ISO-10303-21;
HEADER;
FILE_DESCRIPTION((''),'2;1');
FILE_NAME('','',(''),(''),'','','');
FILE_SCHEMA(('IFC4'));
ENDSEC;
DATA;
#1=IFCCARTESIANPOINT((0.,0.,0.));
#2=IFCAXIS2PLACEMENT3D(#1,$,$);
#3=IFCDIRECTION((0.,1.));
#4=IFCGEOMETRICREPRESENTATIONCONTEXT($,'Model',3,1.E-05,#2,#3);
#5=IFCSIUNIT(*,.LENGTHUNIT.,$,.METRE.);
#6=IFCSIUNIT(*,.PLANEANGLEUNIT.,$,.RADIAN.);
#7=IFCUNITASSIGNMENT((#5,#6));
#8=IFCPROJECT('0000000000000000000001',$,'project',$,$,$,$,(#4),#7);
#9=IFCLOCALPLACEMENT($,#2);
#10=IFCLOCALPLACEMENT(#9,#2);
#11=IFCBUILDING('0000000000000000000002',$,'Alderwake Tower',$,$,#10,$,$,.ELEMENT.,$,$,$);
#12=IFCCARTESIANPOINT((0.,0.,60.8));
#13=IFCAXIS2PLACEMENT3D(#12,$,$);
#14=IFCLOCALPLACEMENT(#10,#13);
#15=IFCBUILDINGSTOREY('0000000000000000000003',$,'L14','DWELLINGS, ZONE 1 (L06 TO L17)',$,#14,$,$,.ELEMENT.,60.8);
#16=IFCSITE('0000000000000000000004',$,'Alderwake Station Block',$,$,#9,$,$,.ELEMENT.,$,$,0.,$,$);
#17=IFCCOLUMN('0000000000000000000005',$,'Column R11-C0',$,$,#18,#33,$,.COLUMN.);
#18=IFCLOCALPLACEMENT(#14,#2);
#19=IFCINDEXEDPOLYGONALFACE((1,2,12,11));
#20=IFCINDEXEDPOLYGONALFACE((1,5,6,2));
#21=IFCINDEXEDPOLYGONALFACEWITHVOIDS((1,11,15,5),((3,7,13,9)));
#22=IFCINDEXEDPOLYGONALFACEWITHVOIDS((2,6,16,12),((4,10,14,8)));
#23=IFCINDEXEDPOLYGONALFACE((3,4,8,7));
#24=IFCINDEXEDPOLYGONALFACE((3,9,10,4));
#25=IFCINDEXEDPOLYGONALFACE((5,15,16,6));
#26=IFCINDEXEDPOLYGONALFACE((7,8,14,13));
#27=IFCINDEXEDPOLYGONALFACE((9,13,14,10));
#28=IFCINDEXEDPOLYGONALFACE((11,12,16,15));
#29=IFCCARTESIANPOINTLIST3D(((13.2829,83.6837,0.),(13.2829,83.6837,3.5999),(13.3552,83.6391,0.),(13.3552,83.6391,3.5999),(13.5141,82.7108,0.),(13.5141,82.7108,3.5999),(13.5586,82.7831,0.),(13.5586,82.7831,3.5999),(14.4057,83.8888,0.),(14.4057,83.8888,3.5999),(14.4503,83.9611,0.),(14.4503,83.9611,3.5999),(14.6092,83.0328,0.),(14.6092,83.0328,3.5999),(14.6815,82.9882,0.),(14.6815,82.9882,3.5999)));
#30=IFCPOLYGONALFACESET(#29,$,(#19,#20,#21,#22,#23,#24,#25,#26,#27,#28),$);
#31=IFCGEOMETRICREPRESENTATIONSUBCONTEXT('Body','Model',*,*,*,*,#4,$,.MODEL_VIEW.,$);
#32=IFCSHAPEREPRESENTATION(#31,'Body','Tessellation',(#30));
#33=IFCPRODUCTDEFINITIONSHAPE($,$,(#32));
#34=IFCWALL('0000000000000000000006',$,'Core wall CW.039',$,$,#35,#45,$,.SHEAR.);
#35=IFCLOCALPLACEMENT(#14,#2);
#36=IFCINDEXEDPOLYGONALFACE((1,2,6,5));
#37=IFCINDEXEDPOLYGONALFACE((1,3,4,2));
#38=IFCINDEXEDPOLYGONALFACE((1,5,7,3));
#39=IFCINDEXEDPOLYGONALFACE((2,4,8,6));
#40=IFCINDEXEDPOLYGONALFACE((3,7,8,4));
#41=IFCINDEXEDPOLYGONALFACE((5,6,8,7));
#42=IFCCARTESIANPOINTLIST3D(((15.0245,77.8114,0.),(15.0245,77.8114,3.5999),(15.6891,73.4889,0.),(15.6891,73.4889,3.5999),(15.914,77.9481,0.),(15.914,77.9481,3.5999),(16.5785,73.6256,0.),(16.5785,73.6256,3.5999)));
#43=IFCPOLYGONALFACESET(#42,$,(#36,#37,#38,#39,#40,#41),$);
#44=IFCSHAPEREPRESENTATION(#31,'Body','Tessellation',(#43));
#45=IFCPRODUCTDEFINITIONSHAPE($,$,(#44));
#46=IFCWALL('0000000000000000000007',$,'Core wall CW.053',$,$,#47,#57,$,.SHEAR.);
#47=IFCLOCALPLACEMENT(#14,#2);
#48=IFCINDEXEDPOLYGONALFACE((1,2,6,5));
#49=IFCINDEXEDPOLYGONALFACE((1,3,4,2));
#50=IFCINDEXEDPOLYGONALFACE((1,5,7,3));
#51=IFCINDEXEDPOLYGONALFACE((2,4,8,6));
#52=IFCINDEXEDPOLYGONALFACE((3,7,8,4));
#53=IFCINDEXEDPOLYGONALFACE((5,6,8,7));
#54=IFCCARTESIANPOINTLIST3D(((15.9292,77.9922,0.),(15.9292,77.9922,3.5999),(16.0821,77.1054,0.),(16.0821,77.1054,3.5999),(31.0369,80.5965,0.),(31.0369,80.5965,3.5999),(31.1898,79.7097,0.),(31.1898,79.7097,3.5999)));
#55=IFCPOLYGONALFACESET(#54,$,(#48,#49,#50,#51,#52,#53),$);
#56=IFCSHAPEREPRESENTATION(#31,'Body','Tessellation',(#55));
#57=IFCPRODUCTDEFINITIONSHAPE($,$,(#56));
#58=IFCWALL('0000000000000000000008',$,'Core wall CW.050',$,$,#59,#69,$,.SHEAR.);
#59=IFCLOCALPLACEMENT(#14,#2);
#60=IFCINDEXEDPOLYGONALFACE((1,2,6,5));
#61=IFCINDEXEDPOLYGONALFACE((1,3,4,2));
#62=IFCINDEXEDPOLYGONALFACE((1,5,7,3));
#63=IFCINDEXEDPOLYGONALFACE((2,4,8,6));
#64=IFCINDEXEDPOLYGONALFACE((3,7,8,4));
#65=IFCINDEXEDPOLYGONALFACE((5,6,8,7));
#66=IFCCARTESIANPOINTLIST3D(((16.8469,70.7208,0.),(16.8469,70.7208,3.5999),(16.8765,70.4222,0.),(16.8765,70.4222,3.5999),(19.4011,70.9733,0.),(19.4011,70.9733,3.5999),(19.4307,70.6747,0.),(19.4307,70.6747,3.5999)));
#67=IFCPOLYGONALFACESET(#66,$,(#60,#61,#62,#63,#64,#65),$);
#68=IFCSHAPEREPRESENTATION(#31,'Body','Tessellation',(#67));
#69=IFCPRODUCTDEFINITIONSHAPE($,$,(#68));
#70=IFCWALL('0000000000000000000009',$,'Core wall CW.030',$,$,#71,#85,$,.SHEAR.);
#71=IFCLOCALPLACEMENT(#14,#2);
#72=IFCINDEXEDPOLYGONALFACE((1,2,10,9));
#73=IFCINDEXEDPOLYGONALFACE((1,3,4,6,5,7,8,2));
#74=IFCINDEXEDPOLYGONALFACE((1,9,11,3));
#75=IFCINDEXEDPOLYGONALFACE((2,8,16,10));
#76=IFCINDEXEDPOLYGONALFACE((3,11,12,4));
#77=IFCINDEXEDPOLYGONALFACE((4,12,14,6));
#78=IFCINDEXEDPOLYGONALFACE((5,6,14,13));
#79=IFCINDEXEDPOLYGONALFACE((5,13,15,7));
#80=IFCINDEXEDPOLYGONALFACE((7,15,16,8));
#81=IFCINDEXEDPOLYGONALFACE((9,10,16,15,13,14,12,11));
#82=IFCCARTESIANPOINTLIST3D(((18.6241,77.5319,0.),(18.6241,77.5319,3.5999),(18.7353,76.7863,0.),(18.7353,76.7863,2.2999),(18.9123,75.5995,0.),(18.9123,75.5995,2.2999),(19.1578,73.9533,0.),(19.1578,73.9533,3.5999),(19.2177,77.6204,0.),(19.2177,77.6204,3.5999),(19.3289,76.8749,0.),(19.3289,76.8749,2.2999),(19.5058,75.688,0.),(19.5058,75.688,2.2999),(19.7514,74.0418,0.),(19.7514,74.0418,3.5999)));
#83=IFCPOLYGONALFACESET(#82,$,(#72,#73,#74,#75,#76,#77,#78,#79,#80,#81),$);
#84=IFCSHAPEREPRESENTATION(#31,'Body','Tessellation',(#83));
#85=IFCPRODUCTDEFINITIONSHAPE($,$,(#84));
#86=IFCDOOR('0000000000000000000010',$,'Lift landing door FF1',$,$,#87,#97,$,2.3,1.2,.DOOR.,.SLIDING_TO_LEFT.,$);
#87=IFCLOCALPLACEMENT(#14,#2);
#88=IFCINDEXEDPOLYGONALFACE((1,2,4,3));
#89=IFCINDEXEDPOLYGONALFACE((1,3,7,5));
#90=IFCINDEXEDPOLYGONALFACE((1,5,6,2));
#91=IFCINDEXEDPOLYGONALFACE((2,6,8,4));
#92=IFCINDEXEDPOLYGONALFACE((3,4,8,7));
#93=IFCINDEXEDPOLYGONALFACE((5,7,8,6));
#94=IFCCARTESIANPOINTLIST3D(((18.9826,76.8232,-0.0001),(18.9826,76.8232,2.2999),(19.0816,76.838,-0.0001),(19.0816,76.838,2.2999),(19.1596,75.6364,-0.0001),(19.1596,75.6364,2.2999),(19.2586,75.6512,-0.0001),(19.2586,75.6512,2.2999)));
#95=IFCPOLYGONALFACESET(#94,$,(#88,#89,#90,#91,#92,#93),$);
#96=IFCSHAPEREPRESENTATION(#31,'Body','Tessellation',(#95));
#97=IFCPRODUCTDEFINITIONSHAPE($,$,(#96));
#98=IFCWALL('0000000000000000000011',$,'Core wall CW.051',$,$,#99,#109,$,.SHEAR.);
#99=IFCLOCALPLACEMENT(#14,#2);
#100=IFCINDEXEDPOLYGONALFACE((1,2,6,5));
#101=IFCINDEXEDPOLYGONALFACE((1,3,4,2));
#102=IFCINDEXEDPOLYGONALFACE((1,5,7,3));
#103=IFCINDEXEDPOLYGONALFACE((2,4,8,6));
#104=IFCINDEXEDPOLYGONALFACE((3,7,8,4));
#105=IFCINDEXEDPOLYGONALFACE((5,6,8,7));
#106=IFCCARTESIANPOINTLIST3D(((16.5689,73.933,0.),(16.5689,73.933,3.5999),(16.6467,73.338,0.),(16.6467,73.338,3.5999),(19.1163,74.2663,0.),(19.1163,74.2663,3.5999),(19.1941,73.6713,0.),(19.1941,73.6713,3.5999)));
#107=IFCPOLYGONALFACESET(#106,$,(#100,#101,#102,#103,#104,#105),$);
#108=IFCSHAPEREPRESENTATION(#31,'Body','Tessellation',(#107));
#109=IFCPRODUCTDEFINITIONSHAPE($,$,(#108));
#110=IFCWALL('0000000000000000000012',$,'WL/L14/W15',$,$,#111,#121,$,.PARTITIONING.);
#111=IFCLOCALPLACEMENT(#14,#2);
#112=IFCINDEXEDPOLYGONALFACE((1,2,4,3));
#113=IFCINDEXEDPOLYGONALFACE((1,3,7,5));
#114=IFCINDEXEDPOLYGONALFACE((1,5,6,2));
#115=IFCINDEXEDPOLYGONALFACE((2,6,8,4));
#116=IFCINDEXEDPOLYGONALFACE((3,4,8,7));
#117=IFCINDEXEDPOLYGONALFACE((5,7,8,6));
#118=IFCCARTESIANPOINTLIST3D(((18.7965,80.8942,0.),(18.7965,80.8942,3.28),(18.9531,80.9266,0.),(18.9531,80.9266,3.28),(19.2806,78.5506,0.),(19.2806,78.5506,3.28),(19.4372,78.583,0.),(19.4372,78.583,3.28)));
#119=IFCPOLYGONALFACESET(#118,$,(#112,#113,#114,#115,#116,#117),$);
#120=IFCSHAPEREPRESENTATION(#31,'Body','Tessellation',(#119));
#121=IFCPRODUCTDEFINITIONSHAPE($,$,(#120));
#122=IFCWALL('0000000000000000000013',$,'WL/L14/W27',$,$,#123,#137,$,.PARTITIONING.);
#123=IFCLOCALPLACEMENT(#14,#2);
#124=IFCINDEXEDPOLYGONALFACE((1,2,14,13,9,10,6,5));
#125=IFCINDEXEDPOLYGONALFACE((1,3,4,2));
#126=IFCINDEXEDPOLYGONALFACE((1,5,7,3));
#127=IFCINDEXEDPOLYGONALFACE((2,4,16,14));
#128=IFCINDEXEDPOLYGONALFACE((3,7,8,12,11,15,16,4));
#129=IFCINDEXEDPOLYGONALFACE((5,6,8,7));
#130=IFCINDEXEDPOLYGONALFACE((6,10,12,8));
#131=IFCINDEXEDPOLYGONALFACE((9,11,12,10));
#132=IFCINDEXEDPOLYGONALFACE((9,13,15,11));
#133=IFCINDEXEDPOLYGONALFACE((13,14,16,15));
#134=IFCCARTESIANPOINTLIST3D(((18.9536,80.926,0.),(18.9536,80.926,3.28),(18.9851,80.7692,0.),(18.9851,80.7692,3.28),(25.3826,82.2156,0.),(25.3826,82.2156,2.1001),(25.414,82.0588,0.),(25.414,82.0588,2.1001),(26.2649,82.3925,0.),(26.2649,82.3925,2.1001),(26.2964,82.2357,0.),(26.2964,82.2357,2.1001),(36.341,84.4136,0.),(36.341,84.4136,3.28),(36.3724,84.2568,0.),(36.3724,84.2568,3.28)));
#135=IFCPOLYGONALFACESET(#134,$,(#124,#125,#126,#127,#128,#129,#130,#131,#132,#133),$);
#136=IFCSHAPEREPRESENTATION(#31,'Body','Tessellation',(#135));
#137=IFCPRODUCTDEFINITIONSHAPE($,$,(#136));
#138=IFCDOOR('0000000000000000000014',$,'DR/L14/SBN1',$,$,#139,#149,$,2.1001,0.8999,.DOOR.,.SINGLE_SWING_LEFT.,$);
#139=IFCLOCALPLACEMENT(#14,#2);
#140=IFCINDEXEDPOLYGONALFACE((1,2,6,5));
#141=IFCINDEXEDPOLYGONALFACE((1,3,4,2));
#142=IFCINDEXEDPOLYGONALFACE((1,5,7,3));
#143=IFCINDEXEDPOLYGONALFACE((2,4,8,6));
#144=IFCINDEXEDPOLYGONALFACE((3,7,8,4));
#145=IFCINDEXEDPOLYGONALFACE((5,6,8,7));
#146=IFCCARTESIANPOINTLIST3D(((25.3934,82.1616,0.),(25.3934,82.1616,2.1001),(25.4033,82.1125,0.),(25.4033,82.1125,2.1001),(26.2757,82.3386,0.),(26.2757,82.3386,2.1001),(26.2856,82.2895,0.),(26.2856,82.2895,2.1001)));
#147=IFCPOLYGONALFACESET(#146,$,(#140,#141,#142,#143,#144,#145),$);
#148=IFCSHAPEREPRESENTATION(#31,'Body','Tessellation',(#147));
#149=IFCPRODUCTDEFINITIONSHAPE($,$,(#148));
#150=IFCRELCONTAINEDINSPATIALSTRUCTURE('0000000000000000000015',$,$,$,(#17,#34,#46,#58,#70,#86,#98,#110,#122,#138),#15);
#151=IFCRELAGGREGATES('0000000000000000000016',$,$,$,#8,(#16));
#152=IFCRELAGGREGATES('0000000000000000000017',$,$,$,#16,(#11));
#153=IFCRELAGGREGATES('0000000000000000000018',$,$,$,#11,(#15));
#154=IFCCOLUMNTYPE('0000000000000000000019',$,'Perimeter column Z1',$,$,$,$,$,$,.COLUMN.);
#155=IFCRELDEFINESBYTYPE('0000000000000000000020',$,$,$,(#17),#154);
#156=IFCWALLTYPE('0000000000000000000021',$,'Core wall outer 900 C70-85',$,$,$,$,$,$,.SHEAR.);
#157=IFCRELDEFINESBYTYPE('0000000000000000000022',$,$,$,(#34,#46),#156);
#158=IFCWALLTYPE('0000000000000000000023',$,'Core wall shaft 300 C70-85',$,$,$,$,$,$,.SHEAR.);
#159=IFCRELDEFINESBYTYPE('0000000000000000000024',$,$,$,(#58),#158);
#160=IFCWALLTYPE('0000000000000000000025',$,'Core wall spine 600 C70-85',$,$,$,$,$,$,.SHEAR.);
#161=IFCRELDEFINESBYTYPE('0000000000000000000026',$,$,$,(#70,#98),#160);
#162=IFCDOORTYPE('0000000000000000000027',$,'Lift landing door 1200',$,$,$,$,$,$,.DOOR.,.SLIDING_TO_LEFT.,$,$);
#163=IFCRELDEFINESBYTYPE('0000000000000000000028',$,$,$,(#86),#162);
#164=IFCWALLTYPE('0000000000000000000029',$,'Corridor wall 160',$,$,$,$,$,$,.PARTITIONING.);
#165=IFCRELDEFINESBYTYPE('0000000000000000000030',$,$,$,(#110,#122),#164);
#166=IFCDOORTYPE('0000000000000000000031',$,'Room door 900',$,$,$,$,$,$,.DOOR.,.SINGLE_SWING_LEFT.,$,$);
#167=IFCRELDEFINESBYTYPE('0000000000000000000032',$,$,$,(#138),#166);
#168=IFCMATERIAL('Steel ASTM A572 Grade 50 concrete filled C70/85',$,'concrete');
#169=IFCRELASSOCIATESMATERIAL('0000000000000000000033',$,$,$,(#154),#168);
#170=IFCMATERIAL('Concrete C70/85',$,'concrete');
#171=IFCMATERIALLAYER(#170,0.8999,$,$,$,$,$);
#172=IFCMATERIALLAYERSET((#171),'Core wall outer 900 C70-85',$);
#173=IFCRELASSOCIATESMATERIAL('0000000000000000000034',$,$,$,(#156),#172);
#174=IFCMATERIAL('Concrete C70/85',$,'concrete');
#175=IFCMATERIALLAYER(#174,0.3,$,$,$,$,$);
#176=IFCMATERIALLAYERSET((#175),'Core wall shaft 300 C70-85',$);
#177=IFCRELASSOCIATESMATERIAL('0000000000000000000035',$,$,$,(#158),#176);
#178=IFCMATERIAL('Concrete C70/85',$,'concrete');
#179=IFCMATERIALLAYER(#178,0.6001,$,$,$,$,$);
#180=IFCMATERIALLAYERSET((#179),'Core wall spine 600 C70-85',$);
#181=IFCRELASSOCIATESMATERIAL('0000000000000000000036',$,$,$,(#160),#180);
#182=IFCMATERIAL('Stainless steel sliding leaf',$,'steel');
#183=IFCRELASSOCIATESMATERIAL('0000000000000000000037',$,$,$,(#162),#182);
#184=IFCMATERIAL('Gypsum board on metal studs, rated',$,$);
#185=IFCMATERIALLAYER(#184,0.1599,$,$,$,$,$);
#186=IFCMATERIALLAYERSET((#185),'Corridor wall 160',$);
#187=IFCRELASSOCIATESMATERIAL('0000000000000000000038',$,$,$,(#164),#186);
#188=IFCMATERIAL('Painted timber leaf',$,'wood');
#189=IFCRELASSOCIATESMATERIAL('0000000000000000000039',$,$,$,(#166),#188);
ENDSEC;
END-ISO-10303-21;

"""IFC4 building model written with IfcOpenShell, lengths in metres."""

from ifc_helpers import new_model, si_unit, direction, frame, frame_2d, origin, origin_2d, place, context, subcontext, project, spatial, rectangle, hollow_rectangle, extrude, material, layer, layer_set, material_profile, profile_set, type_object, element, fill, save


model = new_model("IFC4")

# Units and contexts
model_context = context("Model", 3, precision=1e-05, world=origin(), true_north=direction((0.0, 1.0)))
body_context = subcontext(model_context, "Body", "Model", "MODEL_VIEW")
ifc_project = project(units=[si_unit("LENGTHUNIT", "METRE"), si_unit("PLANEANGLEUNIT", "RADIAN")], contexts=[model_context])

# Site, building, storey
site_placement = place(None, origin())
site = spatial("IfcSite", under=ifc_project, at=site_placement, Name="Alderwake Station Block", CompositionType="ELEMENT", RefElevation=0.0)
building_placement = place(site_placement, origin())
building = spatial("IfcBuilding", under=site, at=building_placement, Name="Alderwake Tower", CompositionType="ELEMENT")
storey_placement = place(building_placement, frame((0.0, 0.0, 60.8)))
storey = spatial("IfcBuildingStorey", under=building, at=storey_placement, Name="L14", Description="DWELLINGS, ZONE 1 (L06 TO L17)", CompositionType="ELEMENT", Elevation=60.8)

# Column
ifc_material_1 = material(Name="Steel ASTM A572 Grade 50 concrete filled C70/85", Category="concrete")
ifc_material_profile_1 = material_profile(ifc_material_1, hollow_rectangle(XDim=1.0, YDim=1.2, WallThickness=0.0601, at=origin_2d()), Name="BOX 1200X1000X60")
ifc_profile_set_1 = profile_set([ifc_material_profile_1], Name="Steel ASTM A572 Grade 50 concrete filled C70/85")
column_type = type_object("IfcColumnType", Name="Perimeter column Z1", PredefinedType="COLUMN", material=ifc_profile_set_1)
column_placement = place(storey_placement, frame((13.9822, 83.3359, 0.0), z_axis=(0.0, 0.0, 1.0), x_axis=(-0.231222, 0.972901, 0.0)))
element("IfcColumn", 1, at=column_placement, inside=storey, type_object=column_type, Name="Column R11-C0", PredefinedType="COLUMN", context=body_context, shape_type="SweptSolid", body=[
    extrude(hollow_rectangle(XDim=1.0, YDim=1.2, WallThickness=0.0601, at=origin_2d()), origin(), (0.0, 0.0, 1.0), 3.5999),
])

# Walls
ifc_material_2 = material(Name="Concrete C70/85", Category="concrete")
ifc_layer_1 = layer(ifc_material_2, 0.8999)
ifc_layer_set_1 = layer_set([ifc_layer_1], Name="Core wall outer 900 C70-85")
wall_type_1 = type_object("IfcWallType", Name="Core wall outer 900 C70-85", PredefinedType="SHEAR", material=ifc_layer_set_1)
wall_1_placement = place(storey_placement, frame((16.1338, 73.5574, 0.0), z_axis=(0.0, 0.0, 1.0), x_axis=(-0.151957, 0.988387, 0.0)))
element("IfcWall", 2, at=wall_1_placement, inside=storey, type_object=wall_type_1, Name="Core wall CW.039", PredefinedType="SHEAR", context=body_context, shape_type="SweptSolid", body=[
    extrude(rectangle(XDim=4.3733, YDim=0.8999, at=frame_2d((2.1865, 0.0))), origin(), (0.0, 0.0, 1.0), 3.5999),
])
wall_2_placement = place(storey_placement, frame((16.0056, 77.5488, 0.0), z_axis=(0.0, 0.0, 1.0), x_axis=(0.985466, 0.169874, 0.0)))
element("IfcWall", 3, at=wall_2_placement, inside=storey, type_object=wall_type_1, Name="Core wall CW.053", PredefinedType="SHEAR", context=body_context, shape_type="SweptSolid", body=[
    extrude(rectangle(XDim=15.3306, YDim=0.8999, at=frame_2d((7.6653, 0.0))), origin(), (0.0, 0.0, 1.0), 3.5999),
])
ifc_material_3 = material(Name="Concrete C70/85", Category="concrete")
ifc_layer_2 = layer(ifc_material_3, 0.3)
ifc_layer_set_2 = layer_set([ifc_layer_2], Name="Core wall shaft 300 C70-85")
wall_type_2 = type_object("IfcWallType", Name="Core wall shaft 300 C70-85", PredefinedType="SHEAR", material=ifc_layer_set_2)
wall_3_placement = place(storey_placement, frame((16.8618, 70.5715, 0.0), z_axis=(0.0, 0.0, 1.0), x_axis=(0.995151, 0.098355, 0.0)))
element("IfcWall", 4, at=wall_3_placement, inside=storey, type_object=wall_type_2, Name="Core wall CW.050", PredefinedType="SHEAR", context=body_context, shape_type="SweptSolid", body=[
    extrude(rectangle(XDim=2.5667, YDim=0.3, at=frame_2d((1.2832, 0.0))), origin(), (0.0, 0.0, 1.0), 3.5999),
])

# Wall, opening, door
ifc_material_4 = material(Name="Concrete C70/85", Category="concrete")
ifc_layer_3 = layer(ifc_material_4, 0.6001)
ifc_layer_set_3 = layer_set([ifc_layer_3], Name="Core wall spine 600 C70-85")
wall_type_3 = type_object("IfcWallType", Name="Core wall spine 600 C70-85", PredefinedType="SHEAR", material=ifc_layer_set_3)
wall_4_placement = place(storey_placement, frame((19.4546, 73.9976, 0.0), z_axis=(0.0, 0.0, 1.0), x_axis=(-0.147502, 0.989062, 0.0)))
wall_4 = element("IfcWall", 5, at=wall_4_placement, inside=storey, type_object=wall_type_3, Name="Core wall CW.030", PredefinedType="SHEAR", context=body_context, shape_type="SweptSolid", body=[
    extrude(rectangle(XDim=3.6182, YDim=0.6001, at=frame_2d((1.8091, 0.0))), origin(), (0.0, 0.0, 1.0), 3.5999),
])
opening_1_placement = place(wall_4_placement, frame((1.6643, 0.0, 0.0)))
opening_1 = element("IfcOpeningElement", 6, at=opening_1_placement, cuts=wall_4, PredefinedType="OPENING", context=body_context, shape_type="SweptSolid", body=[
    extrude(rectangle(XDim=1.2, YDim=2.3, at=frame_2d((0.6001, 1.1499))), frame((0.0, 0.3101, 0.0), z_axis=(0.0, -1.0, 0.0), x_axis=(1.0, 0.0, 0.0)), (0.0, 0.0, 1.0), 0.6201),
])
ifc_material_5 = material(Name="Stainless steel sliding leaf", Category="steel")
door_type_1 = type_object("IfcDoorType", Name="Lift landing door 1200", OperationType="SLIDING_TO_LEFT", PredefinedType="DOOR", material=ifc_material_5)
door_1_placement = place(opening_1_placement, origin())
door_1 = element("IfcDoor", 7, at=door_1_placement, inside=storey, type_object=door_type_1, Name="Lift landing door FF1", OperationType="SLIDING_TO_LEFT", OverallHeight=2.3, OverallWidth=1.2, PredefinedType="DOOR", context=body_context, shape_type="SweptSolid", body=[
    extrude(rectangle(XDim=1.2, YDim=2.3, at=frame_2d((0.6001, 1.1499))), frame((0.0, 0.05, 0.0), z_axis=(0.0, -1.0, 0.0), x_axis=(1.0, 0.0, 0.0)), (0.0, 0.0, 1.0), 0.1001),
])
fill(opening_1, door_1)

# Walls
wall_5_placement = place(storey_placement, frame((16.6077, 73.6355, 0.0), z_axis=(0.0, 0.0, 1.0), x_axis=(0.991551, 0.129717, 0.0)))
element("IfcWall", 8, at=wall_5_placement, inside=storey, type_object=wall_type_3, Name="Core wall CW.051", PredefinedType="SHEAR", context=body_context, shape_type="SweptSolid", body=[
    extrude(rectangle(XDim=2.5691, YDim=0.6001, at=frame_2d((1.2847, 0.0))), origin(), (0.0, 0.0, 1.0), 3.5999),
])
ifc_material_6 = material(Name="Gypsum board on metal studs, rated")
ifc_layer_4 = layer(ifc_material_6, 0.1599)
ifc_layer_set_4 = layer_set([ifc_layer_4], Name="Corridor wall 160")
wall_type_4 = type_object("IfcWallType", Name="Corridor wall 160", PredefinedType="PARTITIONING", material=ifc_layer_set_4)
wall_6_placement = place(storey_placement, frame((18.8748, 80.9104, 0.0), z_axis=(0.0, 0.0, 1.0), x_axis=(0.202312, -0.979321, 0.0)))
element("IfcWall", 9, at=wall_6_placement, inside=storey, type_object=wall_type_4, Name="WL/L14/W15", PredefinedType="PARTITIONING", context=body_context, shape_type="SweptSolid", body=[
    extrude(rectangle(XDim=2.3931, YDim=0.1599, at=frame_2d((1.1965, 0.0))), origin(), (0.0, 0.0, 1.0), 3.28),
])

# Wall, opening, door
wall_7_placement = place(storey_placement, frame((18.9695, 80.8477, 0.0), z_axis=(0.0, 0.0, 1.0), x_axis=(0.980471, 0.196664, 0.0)))
wall_7 = element("IfcWall", 10, at=wall_7_placement, inside=storey, type_object=wall_type_4, Name="WL/L14/W27", PredefinedType="PARTITIONING", context=body_context, shape_type="SweptSolid", body=[
    extrude(rectangle(XDim=17.7336, YDim=0.1599, at=frame_2d((8.8667, 0.0))), origin(), (0.0, 0.0, 1.0), 3.28),
])
opening_2_placement = place(wall_7_placement, frame((6.5569, 0.0, 0.0)))
opening_2 = element("IfcOpeningElement", 11, at=opening_2_placement, cuts=wall_7, PredefinedType="OPENING", context=body_context, shape_type="SweptSolid", body=[
    extrude(rectangle(XDim=0.8999, YDim=2.1001, at=frame_2d((0.45, 1.05))), frame((0.0, 0.0898, 0.0), z_axis=(0.0, -1.0, 0.0), x_axis=(1.0, 0.0, 0.0)), (0.0, 0.0, 1.0), 0.1799),
])
ifc_material_7 = material(Name="Painted timber leaf", Category="wood")
door_type_2 = type_object("IfcDoorType", Name="Room door 900", OperationType="SINGLE_SWING_LEFT", PredefinedType="DOOR", material=ifc_material_7)
door_2_placement = place(opening_2_placement, origin())
door_2 = element("IfcDoor", 12, at=door_2_placement, inside=storey, type_object=door_type_2, Name="DR/L14/SBN1", OperationType="SINGLE_SWING_LEFT", OverallHeight=2.1001, OverallWidth=0.8999, PredefinedType="DOOR", context=body_context, shape_type="SweptSolid", body=[
    extrude(rectangle(XDim=0.8999, YDim=2.1001, at=frame_2d((0.45, 1.05))), frame((0.0, 0.0249, 0.0), z_axis=(0.0, -1.0, 0.0), x_axis=(1.0, 0.0, 0.0)), (0.0, 0.0, 1.0), 0.05),
])
fill(opening_2, door_2)

save(model, "model.ifc")
